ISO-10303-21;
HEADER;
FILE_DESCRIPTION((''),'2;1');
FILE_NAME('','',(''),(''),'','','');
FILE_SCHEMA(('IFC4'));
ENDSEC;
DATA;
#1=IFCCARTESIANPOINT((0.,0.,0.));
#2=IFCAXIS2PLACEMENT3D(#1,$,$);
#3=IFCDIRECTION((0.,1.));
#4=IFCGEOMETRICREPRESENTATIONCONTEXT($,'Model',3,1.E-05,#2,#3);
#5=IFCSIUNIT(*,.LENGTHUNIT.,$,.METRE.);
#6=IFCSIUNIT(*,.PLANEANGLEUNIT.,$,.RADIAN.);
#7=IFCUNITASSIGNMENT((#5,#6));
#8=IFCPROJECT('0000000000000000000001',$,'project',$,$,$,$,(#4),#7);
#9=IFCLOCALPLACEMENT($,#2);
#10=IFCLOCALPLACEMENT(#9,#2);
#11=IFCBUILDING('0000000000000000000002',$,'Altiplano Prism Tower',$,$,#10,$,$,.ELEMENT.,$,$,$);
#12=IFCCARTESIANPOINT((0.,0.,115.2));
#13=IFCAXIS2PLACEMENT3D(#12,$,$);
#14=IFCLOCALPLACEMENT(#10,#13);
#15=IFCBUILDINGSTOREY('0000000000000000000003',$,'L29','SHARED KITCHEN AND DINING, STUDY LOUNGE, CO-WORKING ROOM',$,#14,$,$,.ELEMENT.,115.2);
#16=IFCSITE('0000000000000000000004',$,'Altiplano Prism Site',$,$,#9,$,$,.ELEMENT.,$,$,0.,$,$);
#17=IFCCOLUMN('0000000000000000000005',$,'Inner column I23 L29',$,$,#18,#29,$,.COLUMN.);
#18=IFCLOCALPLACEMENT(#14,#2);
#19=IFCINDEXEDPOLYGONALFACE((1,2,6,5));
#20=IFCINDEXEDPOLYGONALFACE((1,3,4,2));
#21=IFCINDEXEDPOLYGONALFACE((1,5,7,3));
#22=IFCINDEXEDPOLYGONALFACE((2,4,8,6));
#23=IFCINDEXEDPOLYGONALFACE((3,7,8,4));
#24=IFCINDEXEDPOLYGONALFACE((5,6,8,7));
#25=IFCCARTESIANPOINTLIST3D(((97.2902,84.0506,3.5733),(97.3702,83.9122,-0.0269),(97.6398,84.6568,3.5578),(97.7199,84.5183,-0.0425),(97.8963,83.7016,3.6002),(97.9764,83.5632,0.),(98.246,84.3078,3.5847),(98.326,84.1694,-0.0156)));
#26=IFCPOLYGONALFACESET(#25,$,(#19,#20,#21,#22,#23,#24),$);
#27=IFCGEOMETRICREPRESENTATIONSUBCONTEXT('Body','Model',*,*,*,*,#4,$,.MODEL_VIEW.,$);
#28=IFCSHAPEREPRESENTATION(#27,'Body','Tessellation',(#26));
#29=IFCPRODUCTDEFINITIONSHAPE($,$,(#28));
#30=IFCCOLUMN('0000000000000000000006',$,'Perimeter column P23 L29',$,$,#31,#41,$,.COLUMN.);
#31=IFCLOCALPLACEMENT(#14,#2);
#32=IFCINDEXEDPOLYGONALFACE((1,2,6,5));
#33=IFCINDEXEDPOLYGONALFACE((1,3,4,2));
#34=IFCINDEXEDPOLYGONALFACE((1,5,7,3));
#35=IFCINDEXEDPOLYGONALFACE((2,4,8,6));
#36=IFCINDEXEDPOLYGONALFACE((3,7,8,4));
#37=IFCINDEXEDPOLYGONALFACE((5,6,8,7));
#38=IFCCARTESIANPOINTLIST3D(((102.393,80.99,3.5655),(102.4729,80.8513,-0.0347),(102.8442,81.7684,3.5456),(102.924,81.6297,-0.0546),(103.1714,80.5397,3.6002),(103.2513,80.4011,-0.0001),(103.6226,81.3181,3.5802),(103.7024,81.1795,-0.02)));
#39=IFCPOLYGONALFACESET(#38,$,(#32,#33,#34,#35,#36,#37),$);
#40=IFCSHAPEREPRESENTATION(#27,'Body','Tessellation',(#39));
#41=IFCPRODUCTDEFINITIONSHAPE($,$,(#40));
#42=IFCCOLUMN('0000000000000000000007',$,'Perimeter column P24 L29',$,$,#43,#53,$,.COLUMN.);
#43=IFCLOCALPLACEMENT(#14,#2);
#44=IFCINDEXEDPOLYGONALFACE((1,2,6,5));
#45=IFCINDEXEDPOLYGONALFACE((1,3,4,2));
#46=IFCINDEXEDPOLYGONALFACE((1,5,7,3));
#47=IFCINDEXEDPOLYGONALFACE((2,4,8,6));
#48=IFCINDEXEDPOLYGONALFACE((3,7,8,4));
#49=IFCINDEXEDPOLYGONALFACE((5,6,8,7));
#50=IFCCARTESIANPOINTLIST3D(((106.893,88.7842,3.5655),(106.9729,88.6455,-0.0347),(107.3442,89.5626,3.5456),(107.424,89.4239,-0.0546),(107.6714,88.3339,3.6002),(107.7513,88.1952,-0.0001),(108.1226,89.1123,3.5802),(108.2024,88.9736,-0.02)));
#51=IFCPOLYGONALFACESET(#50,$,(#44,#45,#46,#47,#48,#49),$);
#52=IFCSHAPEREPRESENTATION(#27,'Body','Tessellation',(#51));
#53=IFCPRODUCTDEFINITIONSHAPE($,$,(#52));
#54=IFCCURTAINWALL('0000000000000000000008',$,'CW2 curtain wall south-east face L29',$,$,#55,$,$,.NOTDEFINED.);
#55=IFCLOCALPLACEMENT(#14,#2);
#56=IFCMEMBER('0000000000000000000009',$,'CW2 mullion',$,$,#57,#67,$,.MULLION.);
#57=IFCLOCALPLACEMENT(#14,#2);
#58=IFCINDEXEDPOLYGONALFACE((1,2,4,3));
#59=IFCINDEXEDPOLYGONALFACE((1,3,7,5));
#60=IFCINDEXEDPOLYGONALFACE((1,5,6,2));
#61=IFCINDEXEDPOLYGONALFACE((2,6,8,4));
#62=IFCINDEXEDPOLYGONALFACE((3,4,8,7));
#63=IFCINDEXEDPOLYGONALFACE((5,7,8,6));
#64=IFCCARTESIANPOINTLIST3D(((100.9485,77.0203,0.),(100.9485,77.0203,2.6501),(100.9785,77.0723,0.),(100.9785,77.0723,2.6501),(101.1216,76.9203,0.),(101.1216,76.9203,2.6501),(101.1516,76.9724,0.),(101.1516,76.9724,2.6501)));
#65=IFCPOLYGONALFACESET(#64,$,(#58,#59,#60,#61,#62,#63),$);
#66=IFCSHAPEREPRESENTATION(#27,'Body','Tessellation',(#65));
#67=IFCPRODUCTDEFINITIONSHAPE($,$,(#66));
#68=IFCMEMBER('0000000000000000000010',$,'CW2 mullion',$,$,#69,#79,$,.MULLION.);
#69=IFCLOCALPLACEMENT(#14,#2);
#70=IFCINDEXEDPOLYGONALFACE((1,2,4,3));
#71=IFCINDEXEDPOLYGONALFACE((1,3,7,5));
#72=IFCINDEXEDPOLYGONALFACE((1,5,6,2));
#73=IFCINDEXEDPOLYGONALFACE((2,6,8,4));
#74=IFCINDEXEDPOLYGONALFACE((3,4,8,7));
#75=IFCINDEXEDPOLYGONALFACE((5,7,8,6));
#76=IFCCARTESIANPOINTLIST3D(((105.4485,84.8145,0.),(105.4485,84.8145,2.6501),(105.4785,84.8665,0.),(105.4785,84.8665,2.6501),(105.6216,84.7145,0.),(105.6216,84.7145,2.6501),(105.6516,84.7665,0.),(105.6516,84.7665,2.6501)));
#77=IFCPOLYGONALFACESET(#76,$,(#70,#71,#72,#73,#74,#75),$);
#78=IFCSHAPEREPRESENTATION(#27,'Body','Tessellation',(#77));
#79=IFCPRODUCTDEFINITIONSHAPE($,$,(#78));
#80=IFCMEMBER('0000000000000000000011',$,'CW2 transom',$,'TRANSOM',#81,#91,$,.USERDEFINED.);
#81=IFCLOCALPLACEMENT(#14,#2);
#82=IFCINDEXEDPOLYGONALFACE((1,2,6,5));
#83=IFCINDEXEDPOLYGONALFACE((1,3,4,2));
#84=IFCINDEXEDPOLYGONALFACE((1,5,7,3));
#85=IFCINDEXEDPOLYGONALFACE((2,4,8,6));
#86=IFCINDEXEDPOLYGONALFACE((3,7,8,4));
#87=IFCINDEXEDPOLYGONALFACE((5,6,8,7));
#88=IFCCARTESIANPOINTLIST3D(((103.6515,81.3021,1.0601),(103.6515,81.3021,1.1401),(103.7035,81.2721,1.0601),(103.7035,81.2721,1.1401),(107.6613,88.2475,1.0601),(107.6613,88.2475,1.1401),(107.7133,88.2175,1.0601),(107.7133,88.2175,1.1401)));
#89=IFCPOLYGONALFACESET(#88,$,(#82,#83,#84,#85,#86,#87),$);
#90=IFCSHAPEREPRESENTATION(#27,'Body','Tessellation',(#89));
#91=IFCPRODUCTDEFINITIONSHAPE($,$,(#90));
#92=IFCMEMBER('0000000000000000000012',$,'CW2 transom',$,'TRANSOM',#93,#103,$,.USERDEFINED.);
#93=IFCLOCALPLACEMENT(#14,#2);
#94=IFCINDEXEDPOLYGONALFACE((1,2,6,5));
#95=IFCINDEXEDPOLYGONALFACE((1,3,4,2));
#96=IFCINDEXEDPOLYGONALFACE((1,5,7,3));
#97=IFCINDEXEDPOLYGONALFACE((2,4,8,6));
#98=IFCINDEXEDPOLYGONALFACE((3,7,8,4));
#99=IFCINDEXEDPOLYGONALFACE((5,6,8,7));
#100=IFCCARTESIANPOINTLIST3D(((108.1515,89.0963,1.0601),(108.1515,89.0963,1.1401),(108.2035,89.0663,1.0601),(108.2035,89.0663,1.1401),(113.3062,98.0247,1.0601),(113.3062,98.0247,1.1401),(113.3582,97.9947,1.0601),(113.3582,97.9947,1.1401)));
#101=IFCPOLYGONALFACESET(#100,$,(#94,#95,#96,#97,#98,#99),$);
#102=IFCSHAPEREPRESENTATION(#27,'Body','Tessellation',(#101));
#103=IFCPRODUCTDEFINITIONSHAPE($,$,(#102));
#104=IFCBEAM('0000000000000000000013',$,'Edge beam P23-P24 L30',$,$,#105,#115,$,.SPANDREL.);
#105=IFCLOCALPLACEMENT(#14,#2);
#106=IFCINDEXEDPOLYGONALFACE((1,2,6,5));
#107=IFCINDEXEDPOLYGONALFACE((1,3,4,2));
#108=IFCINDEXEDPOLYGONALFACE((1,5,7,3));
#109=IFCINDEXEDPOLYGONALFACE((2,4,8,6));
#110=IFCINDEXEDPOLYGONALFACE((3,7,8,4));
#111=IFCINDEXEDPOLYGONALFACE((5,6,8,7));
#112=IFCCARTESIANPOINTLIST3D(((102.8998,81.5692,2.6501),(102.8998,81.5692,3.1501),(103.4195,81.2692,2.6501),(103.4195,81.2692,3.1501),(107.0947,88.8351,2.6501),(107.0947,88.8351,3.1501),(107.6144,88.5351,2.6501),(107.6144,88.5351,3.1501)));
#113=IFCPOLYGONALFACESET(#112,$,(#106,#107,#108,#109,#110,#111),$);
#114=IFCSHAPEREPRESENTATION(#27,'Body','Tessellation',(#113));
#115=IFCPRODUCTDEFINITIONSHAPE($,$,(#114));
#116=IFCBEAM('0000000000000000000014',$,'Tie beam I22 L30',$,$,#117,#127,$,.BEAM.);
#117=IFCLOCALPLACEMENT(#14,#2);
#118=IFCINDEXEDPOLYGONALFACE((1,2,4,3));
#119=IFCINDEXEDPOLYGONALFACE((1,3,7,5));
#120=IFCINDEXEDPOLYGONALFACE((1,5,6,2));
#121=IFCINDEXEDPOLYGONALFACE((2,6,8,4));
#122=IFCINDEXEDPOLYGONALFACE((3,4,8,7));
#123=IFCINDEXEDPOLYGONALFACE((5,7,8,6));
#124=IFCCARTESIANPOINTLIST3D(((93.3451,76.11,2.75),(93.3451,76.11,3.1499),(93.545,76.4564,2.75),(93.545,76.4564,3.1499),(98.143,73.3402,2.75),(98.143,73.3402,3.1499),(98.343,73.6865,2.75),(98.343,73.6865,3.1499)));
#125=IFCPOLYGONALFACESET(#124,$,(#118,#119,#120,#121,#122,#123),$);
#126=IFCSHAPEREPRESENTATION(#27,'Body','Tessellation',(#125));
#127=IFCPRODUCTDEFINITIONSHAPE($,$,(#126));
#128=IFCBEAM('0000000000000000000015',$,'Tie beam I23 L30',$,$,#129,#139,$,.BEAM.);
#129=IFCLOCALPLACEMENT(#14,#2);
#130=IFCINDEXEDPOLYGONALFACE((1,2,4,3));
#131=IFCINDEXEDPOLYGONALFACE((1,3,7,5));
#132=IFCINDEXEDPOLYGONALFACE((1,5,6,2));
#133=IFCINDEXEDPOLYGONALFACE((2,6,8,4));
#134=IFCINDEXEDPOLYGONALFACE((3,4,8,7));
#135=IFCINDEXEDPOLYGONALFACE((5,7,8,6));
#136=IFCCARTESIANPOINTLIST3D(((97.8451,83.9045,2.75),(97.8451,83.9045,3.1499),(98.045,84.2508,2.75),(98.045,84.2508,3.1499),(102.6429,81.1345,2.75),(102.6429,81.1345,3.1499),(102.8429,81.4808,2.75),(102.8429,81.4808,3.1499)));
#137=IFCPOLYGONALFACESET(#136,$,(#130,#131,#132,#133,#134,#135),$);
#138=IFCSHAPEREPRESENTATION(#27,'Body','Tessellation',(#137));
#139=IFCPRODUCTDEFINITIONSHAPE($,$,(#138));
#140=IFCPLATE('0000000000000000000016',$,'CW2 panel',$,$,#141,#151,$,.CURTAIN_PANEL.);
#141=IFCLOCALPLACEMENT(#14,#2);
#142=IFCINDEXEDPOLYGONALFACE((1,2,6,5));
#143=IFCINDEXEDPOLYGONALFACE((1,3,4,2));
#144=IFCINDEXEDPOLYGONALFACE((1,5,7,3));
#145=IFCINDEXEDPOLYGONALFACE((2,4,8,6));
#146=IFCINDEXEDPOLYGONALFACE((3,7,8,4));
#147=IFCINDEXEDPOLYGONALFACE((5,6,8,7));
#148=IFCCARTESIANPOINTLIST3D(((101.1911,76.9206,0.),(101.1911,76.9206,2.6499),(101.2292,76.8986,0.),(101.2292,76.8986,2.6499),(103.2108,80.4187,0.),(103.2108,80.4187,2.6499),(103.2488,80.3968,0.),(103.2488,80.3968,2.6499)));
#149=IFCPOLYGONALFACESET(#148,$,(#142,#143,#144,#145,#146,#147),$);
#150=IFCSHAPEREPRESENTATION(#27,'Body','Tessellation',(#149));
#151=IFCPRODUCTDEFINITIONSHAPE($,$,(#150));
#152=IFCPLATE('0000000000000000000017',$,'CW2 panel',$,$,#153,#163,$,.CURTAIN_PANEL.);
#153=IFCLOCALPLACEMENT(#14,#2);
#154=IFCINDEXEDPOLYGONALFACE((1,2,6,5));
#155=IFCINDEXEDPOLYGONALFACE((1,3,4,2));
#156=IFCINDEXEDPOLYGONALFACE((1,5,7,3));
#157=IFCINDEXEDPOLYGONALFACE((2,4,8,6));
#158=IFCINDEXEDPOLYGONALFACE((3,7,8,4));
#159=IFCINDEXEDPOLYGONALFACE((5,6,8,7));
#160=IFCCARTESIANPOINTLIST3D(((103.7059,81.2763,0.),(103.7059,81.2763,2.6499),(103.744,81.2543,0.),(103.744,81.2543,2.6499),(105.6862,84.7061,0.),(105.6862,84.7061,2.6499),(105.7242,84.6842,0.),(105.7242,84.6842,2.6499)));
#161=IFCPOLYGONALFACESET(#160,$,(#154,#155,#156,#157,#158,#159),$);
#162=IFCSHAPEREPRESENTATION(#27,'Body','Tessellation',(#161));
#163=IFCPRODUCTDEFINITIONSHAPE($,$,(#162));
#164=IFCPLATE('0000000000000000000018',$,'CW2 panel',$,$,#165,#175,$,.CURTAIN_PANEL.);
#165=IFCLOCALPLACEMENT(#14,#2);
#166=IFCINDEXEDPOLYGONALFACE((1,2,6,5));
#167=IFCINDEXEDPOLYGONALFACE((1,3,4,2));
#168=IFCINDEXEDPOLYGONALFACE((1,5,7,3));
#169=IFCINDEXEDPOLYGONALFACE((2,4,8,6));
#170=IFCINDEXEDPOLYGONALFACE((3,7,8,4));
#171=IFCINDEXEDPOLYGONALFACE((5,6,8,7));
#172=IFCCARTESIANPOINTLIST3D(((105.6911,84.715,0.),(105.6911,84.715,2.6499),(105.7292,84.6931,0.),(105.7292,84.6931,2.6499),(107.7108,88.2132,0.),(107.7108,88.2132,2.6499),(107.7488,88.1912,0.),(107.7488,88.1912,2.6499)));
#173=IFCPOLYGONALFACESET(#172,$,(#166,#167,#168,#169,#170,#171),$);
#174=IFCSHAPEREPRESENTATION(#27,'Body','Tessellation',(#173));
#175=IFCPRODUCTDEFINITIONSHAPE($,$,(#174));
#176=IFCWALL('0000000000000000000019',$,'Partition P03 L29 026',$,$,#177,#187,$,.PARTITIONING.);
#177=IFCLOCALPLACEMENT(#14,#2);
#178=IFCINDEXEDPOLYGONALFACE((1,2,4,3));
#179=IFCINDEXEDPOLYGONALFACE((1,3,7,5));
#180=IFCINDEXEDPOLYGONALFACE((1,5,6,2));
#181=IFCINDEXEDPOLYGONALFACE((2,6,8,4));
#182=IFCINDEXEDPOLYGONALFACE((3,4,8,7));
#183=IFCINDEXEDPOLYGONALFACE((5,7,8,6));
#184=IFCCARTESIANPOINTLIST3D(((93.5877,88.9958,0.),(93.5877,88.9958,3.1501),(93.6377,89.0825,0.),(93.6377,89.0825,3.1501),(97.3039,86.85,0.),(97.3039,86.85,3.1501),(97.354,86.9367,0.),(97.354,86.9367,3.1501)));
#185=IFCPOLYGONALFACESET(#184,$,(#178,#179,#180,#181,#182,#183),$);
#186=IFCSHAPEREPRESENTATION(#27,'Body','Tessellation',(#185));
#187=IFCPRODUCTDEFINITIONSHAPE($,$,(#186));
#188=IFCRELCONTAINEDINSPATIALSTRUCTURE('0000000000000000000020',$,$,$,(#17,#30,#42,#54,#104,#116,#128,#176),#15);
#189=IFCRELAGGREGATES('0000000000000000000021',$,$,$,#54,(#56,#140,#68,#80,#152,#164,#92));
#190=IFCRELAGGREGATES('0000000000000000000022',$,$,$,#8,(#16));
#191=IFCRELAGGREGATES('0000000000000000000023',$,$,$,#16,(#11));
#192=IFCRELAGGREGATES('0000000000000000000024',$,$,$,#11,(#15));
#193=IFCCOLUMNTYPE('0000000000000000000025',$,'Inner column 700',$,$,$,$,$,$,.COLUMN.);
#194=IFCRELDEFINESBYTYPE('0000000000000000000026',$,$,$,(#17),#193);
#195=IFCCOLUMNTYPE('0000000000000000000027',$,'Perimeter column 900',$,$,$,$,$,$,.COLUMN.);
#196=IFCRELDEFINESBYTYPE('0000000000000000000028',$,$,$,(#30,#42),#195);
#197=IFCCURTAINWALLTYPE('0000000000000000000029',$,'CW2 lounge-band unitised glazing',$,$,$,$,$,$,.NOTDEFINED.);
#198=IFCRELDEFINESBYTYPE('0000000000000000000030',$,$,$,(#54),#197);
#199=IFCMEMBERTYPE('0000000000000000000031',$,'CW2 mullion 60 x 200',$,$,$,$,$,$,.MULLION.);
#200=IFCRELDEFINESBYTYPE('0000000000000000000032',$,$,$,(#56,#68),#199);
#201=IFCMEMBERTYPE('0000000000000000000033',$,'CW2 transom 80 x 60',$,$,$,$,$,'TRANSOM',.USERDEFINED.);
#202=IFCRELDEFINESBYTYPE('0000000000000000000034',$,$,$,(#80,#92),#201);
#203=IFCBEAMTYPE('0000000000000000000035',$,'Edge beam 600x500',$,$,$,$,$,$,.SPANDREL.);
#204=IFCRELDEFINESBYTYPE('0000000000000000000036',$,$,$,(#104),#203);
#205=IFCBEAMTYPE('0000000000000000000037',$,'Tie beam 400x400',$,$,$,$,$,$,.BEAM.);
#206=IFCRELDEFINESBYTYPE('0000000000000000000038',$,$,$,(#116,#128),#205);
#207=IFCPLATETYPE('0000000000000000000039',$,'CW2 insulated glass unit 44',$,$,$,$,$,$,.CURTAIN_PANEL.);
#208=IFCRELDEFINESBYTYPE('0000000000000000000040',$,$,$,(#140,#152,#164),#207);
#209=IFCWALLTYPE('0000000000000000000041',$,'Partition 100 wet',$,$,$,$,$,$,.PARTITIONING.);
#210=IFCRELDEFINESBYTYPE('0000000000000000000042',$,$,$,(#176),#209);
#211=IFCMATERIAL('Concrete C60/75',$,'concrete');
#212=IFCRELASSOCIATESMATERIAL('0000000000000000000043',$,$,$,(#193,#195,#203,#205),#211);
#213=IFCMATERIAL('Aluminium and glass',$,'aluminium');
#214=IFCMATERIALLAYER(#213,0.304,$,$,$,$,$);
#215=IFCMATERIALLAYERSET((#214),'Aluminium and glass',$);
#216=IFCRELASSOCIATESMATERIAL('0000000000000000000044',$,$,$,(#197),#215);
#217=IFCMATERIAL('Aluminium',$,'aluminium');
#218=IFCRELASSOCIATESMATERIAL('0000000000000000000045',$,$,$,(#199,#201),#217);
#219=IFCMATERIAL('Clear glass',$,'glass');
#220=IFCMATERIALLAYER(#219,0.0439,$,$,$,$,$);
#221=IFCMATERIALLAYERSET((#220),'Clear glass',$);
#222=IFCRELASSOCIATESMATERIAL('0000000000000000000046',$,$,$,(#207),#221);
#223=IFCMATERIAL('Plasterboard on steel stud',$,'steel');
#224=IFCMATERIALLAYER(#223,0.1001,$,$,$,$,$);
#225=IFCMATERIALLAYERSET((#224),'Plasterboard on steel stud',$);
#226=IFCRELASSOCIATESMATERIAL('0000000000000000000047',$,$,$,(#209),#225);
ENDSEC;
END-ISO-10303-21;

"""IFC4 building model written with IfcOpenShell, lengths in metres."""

from ifc_helpers import new_model, si_unit, direction, frame, frame_2d, origin, origin_2d, place, context, subcontext, project, spatial, rectangle, extrude, material, layer, layer_set, material_profile, profile_set, type_object, element, aggregate, save


model = new_model("IFC4")

# Units and contexts
model_context = context("Model", 3, precision=1e-05, world=origin(), true_north=direction((0.0, 1.0)))
body_context = subcontext(model_context, "Body", "Model", "MODEL_VIEW")
ifc_project = project(units=[si_unit("LENGTHUNIT", "METRE"), si_unit("PLANEANGLEUNIT", "RADIAN")], contexts=[model_context])

# Site, building, storey
site_placement = place(None, origin())
site = spatial("IfcSite", under=ifc_project, at=site_placement, Name="Altiplano Prism Site", CompositionType="ELEMENT", RefElevation=0.0)
building_placement = place(site_placement, origin())
building = spatial("IfcBuilding", under=site, at=building_placement, Name="Altiplano Prism Tower", CompositionType="ELEMENT")
storey_placement = place(building_placement, frame((0.0, 0.0, 115.2)))
storey = spatial("IfcBuildingStorey", under=building, at=storey_placement, Name="L29", Description="SHARED KITCHEN AND DINING, STUDY LOUNGE, CO-WORKING ROOM", CompositionType="ELEMENT", Elevation=115.2)

# Columns
ifc_material_1 = material(Name="Concrete C60/75", Category="concrete")
ifc_material_profile_1 = material_profile(ifc_material_1, rectangle(XDim=0.7, YDim=0.7, at=origin_2d()), Name="Inner column 700")
ifc_profile_set_1 = profile_set([ifc_material_profile_1], Name="Concrete C60/75")
column_type_1 = type_object("IfcColumnType", Name="Inner column 700", PredefinedType="COLUMN", material=ifc_profile_set_1)
column_placement = place(storey_placement, frame((97.8481, 84.0408, -0.0212), z_axis=(-0.022221, 0.038413, 0.999015), x_axis=(-0.499508, -0.866025, 0.022189)))
element("IfcColumn", 1, at=column_placement, inside=storey, type_object=column_type_1, Name="Inner column I23 L29", PredefinedType="COLUMN", context=body_context, shape_type="SweptSolid", body=[
    extrude(rectangle(XDim=0.7, YDim=0.7, at=origin_2d()), origin(), (0.0, 0.0, 1.0), 3.6038),
])
ifc_material_profile_2 = material_profile(ifc_material_1, rectangle(XDim=0.8999, YDim=0.8999, at=origin_2d()), Name="Perimeter column 900")
ifc_profile_set_2 = profile_set([ifc_material_profile_2], Name="Concrete C60/75")
column_type_2 = type_object("IfcColumnType", Name="Perimeter column 900", PredefinedType="COLUMN", material=ifc_profile_set_2)
for number, where, z_axis, x_axis, name in (
    (2, (103.0876, 81.0154, -0.0273), (-0.022154, 0.038481, 0.999014), (-0.501313, -0.864981, 0.022201), "Perimeter column P23 L29"),
    (3, (107.5876, 88.8096, -0.0273), (-0.022154, 0.038481, 0.999014), (-0.501313, -0.864981, 0.022201), "Perimeter column P24 L29"),
):
    element("IfcColumn", number, at=place(storey_placement, frame(where, z_axis=z_axis, x_axis=x_axis)), inside=storey, type_object=column_type_2, Name=name, PredefinedType="COLUMN", context=body_context, shape_type="SweptSolid", body=[
        extrude(rectangle(XDim=0.8999, YDim=0.8999, at=origin_2d()), origin(), (0.0, 0.0, 1.0), 3.6038),
    ])

# Curtain wall, members
ifc_material_2 = material(Name="Aluminium and glass", Category="aluminium")
ifc_layer_1 = layer(ifc_material_2, 0.304)
ifc_layer_set_1 = layer_set([ifc_layer_1], Name="Aluminium and glass")
curtain_wall_type = type_object("IfcCurtainWallType", Name="CW2 lounge-band unitised glazing", PredefinedType="NOTDEFINED", material=ifc_layer_set_1)
curtain_wall_placement = place(storey_placement, origin())
curtain_wall = element("IfcCurtainWall", 4, at=curtain_wall_placement, inside=storey, type_object=curtain_wall_type, Name="CW2 curtain wall south-east face L29", PredefinedType="NOTDEFINED")
ifc_material_3 = material(Name="Aluminium", Category="aluminium")
ifc_material_profile_3 = material_profile(ifc_material_3, rectangle(XDim=0.2, YDim=0.0601, at=origin_2d()), Name="CW2 mullion 60 x 200")
ifc_profile_set_3 = profile_set([ifc_material_profile_3], Name="Aluminium")
member_type_1 = type_object("IfcMemberType", Name="CW2 mullion 60 x 200", PredefinedType="MULLION", material=ifc_profile_set_3)
member_1_placement = place(storey_placement, frame((101.05, 76.9963, 0.0), z_axis=(0.0, 0.0, 1.0), x_axis=(-0.866025, 0.5, 0.0)))
member_1 = element("IfcMember", 5, at=member_1_placement, type_object=member_type_1, Name="CW2 mullion", PredefinedType="MULLION", context=body_context, shape_type="SweptSolid", body=[
    extrude(rectangle(XDim=0.2, YDim=0.0601, at=origin_2d()), origin(), (0.0, 0.0, 1.0), 2.6501),
])
member_2_placement = place(storey_placement, frame((105.55, 84.7905, 0.0), z_axis=(0.0, 0.0, 1.0), x_axis=(-0.866025, 0.5, 0.0)))
member_2 = element("IfcMember", 6, at=member_2_placement, type_object=member_type_1, Name="CW2 mullion", PredefinedType="MULLION", context=body_context, shape_type="SweptSolid", body=[
    extrude(rectangle(XDim=0.2, YDim=0.0601, at=origin_2d()), origin(), (0.0, 0.0, 1.0), 2.6501),
])
ifc_material_profile_4 = material_profile(ifc_material_3, rectangle(XDim=0.0601, YDim=0.0801, at=origin_2d()), Name="CW2 transom 80 x 60")
ifc_profile_set_4 = profile_set([ifc_material_profile_4], Name="Aluminium")
member_type_2 = type_object("IfcMemberType", Name="CW2 transom 80 x 60", ElementType="TRANSOM", PredefinedType="USERDEFINED", material=ifc_profile_set_4)
member_3_placement = place(storey_placement, frame((103.6775, 81.2871, 1.1001), z_axis=(0.499989, 0.866031, 0.0), x_axis=(-0.866031, 0.499989, 0.0)))
member_3 = element("IfcMember", 7, at=member_3_placement, type_object=member_type_2, Name="CW2 transom", ObjectType="TRANSOM", PredefinedType="USERDEFINED", context=body_context, shape_type="SweptSolid", body=[
    extrude(rectangle(XDim=0.0601, YDim=0.0801, at=origin_2d()), origin(), (0.0, 0.0, 1.0), 8.0198),
])
member_4_placement = place(storey_placement, frame((108.1775, 89.0813, 1.1001), z_axis=(0.499995, 0.866028, 0.0), x_axis=(-0.866028, 0.499995, 0.0)))
member_4 = element("IfcMember", 8, at=member_4_placement, type_object=member_type_2, Name="CW2 transom", ObjectType="TRANSOM", PredefinedType="USERDEFINED", context=body_context, shape_type="SweptSolid", body=[
    extrude(rectangle(XDim=0.0601, YDim=0.0801, at=origin_2d()), origin(), (0.0, 0.0, 1.0), 10.3096),
])

# Beams
ifc_material_profile_5 = material_profile(ifc_material_1, rectangle(XDim=0.6001, YDim=0.5, at=origin_2d()), Name="Edge beam 600x500")
ifc_profile_set_5 = profile_set([ifc_material_profile_5], Name="Concrete C60/75")
beam_type_1 = type_object("IfcBeamType", Name="Edge beam 600x500", PredefinedType="SPANDREL", material=ifc_profile_set_5)
beam_placement = place(storey_placement, frame((103.1597, 81.4192, 2.9001), z_axis=(0.499989, 0.866032, 0.0), x_axis=(-0.866032, 0.499989, 0.0)))
element("IfcBeam", 9, at=beam_placement, inside=storey, type_object=beam_type_1, Name="Edge beam P23-P24 L30", PredefinedType="SPANDREL", context=body_context, shape_type="SweptSolid", body=[
    extrude(rectangle(XDim=0.6001, YDim=0.5, at=origin_2d()), origin(), (0.0, 0.0, 1.0), 8.3899),
])
ifc_material_profile_6 = material_profile(ifc_material_1, rectangle(XDim=0.3999, YDim=0.3999, at=origin_2d()), Name="Tie beam 400x400")
ifc_profile_set_6 = profile_set([ifc_material_profile_6], Name="Concrete C60/75")
beam_type_2 = type_object("IfcBeamType", Name="Tie beam 400x400", PredefinedType="BEAM", material=ifc_profile_set_6)
for number, where, z_axis, x_axis, name in (
    (10, (93.4451, 76.2832, 2.95), (0.866046, -0.499964, 0.0), (0.499964, 0.866046, 0.0), "Tie beam I22 L30"),
    (11, (97.9451, 84.0776, 2.95), (0.866027, -0.499997, 0.0), (0.499997, 0.866027, 0.0), "Tie beam I23 L30"),
):
    element("IfcBeam", number, at=place(storey_placement, frame(where, z_axis=z_axis, x_axis=x_axis)), inside=storey, type_object=beam_type_2, Name=name, PredefinedType="BEAM", context=body_context, shape_type="SweptSolid", body=[
        extrude(rectangle(XDim=0.3999, YDim=0.3999, at=origin_2d()), origin(), (0.0, 0.0, 1.0), 5.54),
    ])

# Plates
ifc_material_4 = material(Name="Clear glass", Category="glass")
ifc_layer_2 = layer(ifc_material_4, 0.0439)
ifc_layer_set_2 = layer_set([ifc_layer_2], Name="Clear glass")
plate_type = type_object("IfcPlateType", Name="CW2 insulated glass unit 44", PredefinedType="CURTAIN_PANEL", material=ifc_layer_set_2)
plate_1_placement = place(storey_placement, frame((102.22, 78.6587, 0.0), z_axis=(0.0, 0.0, 1.0), x_axis=(0.5, 0.866025, 0.0)))
plate_1 = element("IfcPlate", 12, at=plate_1_placement, type_object=plate_type, Name="CW2 panel", PredefinedType="CURTAIN_PANEL", context=body_context, shape_type="SweptSolid", body=[
    extrude(rectangle(XDim=4.0393, YDim=0.0439, at=origin_2d()), origin(), (0.0, 0.0, 1.0), 2.6499),
])
plate_2_placement = place(storey_placement, frame((104.7151, 82.9802, 0.0), z_axis=(0.0, 0.0, 1.0), x_axis=(0.5, 0.866025, 0.0)))
plate_2 = element("IfcPlate", 13, at=plate_2_placement, type_object=plate_type, Name="CW2 panel", PredefinedType="CURTAIN_PANEL", context=body_context, shape_type="SweptSolid", body=[
    extrude(rectangle(XDim=3.9604, YDim=0.0439, at=origin_2d()), origin(), (0.0, 0.0, 1.0), 2.6499),
])
plate_3_placement = place(storey_placement, frame((106.72, 86.4531, 0.0), z_axis=(0.0, 0.0, 1.0), x_axis=(0.5, 0.866025, 0.0)))
plate_3 = element("IfcPlate", 14, at=plate_3_placement, type_object=plate_type, Name="CW2 panel", PredefinedType="CURTAIN_PANEL", context=body_context, shape_type="SweptSolid", body=[
    extrude(rectangle(XDim=4.0393, YDim=0.0439, at=origin_2d()), origin(), (0.0, 0.0, 1.0), 2.6499),
])
aggregate(curtain_wall, [member_1, plate_1, member_2, member_3, plate_2, plate_3, member_4])

# Wall
ifc_material_5 = material(Name="Plasterboard on steel stud", Category="steel")
ifc_layer_3 = layer(ifc_material_5, 0.1001)
ifc_layer_set_3 = layer_set([ifc_layer_3], Name="Plasterboard on steel stud")
wall_type_1 = type_object("IfcWallType", Name="Partition 100 wet", PredefinedType="PARTITIONING", material=ifc_layer_set_3)
wall_1_placement = place(storey_placement, frame((93.6128, 89.0391, 0.0), z_axis=(0.0, 0.0, 1.0), x_axis=(0.866011, -0.500025, 0.0)))
element("IfcWall", 15, at=wall_1_placement, inside=storey, type_object=wall_type_1, Name="Partition P03 L29 026", PredefinedType="PARTITIONING", context=body_context, shape_type="SweptSolid", body=[
    extrude(rectangle(XDim=4.2913, YDim=0.1001, at=frame_2d((2.1455, 0.0))), origin(), (0.0, 0.0, 1.0), 3.1501),
])

save(model, "model.ifc")
